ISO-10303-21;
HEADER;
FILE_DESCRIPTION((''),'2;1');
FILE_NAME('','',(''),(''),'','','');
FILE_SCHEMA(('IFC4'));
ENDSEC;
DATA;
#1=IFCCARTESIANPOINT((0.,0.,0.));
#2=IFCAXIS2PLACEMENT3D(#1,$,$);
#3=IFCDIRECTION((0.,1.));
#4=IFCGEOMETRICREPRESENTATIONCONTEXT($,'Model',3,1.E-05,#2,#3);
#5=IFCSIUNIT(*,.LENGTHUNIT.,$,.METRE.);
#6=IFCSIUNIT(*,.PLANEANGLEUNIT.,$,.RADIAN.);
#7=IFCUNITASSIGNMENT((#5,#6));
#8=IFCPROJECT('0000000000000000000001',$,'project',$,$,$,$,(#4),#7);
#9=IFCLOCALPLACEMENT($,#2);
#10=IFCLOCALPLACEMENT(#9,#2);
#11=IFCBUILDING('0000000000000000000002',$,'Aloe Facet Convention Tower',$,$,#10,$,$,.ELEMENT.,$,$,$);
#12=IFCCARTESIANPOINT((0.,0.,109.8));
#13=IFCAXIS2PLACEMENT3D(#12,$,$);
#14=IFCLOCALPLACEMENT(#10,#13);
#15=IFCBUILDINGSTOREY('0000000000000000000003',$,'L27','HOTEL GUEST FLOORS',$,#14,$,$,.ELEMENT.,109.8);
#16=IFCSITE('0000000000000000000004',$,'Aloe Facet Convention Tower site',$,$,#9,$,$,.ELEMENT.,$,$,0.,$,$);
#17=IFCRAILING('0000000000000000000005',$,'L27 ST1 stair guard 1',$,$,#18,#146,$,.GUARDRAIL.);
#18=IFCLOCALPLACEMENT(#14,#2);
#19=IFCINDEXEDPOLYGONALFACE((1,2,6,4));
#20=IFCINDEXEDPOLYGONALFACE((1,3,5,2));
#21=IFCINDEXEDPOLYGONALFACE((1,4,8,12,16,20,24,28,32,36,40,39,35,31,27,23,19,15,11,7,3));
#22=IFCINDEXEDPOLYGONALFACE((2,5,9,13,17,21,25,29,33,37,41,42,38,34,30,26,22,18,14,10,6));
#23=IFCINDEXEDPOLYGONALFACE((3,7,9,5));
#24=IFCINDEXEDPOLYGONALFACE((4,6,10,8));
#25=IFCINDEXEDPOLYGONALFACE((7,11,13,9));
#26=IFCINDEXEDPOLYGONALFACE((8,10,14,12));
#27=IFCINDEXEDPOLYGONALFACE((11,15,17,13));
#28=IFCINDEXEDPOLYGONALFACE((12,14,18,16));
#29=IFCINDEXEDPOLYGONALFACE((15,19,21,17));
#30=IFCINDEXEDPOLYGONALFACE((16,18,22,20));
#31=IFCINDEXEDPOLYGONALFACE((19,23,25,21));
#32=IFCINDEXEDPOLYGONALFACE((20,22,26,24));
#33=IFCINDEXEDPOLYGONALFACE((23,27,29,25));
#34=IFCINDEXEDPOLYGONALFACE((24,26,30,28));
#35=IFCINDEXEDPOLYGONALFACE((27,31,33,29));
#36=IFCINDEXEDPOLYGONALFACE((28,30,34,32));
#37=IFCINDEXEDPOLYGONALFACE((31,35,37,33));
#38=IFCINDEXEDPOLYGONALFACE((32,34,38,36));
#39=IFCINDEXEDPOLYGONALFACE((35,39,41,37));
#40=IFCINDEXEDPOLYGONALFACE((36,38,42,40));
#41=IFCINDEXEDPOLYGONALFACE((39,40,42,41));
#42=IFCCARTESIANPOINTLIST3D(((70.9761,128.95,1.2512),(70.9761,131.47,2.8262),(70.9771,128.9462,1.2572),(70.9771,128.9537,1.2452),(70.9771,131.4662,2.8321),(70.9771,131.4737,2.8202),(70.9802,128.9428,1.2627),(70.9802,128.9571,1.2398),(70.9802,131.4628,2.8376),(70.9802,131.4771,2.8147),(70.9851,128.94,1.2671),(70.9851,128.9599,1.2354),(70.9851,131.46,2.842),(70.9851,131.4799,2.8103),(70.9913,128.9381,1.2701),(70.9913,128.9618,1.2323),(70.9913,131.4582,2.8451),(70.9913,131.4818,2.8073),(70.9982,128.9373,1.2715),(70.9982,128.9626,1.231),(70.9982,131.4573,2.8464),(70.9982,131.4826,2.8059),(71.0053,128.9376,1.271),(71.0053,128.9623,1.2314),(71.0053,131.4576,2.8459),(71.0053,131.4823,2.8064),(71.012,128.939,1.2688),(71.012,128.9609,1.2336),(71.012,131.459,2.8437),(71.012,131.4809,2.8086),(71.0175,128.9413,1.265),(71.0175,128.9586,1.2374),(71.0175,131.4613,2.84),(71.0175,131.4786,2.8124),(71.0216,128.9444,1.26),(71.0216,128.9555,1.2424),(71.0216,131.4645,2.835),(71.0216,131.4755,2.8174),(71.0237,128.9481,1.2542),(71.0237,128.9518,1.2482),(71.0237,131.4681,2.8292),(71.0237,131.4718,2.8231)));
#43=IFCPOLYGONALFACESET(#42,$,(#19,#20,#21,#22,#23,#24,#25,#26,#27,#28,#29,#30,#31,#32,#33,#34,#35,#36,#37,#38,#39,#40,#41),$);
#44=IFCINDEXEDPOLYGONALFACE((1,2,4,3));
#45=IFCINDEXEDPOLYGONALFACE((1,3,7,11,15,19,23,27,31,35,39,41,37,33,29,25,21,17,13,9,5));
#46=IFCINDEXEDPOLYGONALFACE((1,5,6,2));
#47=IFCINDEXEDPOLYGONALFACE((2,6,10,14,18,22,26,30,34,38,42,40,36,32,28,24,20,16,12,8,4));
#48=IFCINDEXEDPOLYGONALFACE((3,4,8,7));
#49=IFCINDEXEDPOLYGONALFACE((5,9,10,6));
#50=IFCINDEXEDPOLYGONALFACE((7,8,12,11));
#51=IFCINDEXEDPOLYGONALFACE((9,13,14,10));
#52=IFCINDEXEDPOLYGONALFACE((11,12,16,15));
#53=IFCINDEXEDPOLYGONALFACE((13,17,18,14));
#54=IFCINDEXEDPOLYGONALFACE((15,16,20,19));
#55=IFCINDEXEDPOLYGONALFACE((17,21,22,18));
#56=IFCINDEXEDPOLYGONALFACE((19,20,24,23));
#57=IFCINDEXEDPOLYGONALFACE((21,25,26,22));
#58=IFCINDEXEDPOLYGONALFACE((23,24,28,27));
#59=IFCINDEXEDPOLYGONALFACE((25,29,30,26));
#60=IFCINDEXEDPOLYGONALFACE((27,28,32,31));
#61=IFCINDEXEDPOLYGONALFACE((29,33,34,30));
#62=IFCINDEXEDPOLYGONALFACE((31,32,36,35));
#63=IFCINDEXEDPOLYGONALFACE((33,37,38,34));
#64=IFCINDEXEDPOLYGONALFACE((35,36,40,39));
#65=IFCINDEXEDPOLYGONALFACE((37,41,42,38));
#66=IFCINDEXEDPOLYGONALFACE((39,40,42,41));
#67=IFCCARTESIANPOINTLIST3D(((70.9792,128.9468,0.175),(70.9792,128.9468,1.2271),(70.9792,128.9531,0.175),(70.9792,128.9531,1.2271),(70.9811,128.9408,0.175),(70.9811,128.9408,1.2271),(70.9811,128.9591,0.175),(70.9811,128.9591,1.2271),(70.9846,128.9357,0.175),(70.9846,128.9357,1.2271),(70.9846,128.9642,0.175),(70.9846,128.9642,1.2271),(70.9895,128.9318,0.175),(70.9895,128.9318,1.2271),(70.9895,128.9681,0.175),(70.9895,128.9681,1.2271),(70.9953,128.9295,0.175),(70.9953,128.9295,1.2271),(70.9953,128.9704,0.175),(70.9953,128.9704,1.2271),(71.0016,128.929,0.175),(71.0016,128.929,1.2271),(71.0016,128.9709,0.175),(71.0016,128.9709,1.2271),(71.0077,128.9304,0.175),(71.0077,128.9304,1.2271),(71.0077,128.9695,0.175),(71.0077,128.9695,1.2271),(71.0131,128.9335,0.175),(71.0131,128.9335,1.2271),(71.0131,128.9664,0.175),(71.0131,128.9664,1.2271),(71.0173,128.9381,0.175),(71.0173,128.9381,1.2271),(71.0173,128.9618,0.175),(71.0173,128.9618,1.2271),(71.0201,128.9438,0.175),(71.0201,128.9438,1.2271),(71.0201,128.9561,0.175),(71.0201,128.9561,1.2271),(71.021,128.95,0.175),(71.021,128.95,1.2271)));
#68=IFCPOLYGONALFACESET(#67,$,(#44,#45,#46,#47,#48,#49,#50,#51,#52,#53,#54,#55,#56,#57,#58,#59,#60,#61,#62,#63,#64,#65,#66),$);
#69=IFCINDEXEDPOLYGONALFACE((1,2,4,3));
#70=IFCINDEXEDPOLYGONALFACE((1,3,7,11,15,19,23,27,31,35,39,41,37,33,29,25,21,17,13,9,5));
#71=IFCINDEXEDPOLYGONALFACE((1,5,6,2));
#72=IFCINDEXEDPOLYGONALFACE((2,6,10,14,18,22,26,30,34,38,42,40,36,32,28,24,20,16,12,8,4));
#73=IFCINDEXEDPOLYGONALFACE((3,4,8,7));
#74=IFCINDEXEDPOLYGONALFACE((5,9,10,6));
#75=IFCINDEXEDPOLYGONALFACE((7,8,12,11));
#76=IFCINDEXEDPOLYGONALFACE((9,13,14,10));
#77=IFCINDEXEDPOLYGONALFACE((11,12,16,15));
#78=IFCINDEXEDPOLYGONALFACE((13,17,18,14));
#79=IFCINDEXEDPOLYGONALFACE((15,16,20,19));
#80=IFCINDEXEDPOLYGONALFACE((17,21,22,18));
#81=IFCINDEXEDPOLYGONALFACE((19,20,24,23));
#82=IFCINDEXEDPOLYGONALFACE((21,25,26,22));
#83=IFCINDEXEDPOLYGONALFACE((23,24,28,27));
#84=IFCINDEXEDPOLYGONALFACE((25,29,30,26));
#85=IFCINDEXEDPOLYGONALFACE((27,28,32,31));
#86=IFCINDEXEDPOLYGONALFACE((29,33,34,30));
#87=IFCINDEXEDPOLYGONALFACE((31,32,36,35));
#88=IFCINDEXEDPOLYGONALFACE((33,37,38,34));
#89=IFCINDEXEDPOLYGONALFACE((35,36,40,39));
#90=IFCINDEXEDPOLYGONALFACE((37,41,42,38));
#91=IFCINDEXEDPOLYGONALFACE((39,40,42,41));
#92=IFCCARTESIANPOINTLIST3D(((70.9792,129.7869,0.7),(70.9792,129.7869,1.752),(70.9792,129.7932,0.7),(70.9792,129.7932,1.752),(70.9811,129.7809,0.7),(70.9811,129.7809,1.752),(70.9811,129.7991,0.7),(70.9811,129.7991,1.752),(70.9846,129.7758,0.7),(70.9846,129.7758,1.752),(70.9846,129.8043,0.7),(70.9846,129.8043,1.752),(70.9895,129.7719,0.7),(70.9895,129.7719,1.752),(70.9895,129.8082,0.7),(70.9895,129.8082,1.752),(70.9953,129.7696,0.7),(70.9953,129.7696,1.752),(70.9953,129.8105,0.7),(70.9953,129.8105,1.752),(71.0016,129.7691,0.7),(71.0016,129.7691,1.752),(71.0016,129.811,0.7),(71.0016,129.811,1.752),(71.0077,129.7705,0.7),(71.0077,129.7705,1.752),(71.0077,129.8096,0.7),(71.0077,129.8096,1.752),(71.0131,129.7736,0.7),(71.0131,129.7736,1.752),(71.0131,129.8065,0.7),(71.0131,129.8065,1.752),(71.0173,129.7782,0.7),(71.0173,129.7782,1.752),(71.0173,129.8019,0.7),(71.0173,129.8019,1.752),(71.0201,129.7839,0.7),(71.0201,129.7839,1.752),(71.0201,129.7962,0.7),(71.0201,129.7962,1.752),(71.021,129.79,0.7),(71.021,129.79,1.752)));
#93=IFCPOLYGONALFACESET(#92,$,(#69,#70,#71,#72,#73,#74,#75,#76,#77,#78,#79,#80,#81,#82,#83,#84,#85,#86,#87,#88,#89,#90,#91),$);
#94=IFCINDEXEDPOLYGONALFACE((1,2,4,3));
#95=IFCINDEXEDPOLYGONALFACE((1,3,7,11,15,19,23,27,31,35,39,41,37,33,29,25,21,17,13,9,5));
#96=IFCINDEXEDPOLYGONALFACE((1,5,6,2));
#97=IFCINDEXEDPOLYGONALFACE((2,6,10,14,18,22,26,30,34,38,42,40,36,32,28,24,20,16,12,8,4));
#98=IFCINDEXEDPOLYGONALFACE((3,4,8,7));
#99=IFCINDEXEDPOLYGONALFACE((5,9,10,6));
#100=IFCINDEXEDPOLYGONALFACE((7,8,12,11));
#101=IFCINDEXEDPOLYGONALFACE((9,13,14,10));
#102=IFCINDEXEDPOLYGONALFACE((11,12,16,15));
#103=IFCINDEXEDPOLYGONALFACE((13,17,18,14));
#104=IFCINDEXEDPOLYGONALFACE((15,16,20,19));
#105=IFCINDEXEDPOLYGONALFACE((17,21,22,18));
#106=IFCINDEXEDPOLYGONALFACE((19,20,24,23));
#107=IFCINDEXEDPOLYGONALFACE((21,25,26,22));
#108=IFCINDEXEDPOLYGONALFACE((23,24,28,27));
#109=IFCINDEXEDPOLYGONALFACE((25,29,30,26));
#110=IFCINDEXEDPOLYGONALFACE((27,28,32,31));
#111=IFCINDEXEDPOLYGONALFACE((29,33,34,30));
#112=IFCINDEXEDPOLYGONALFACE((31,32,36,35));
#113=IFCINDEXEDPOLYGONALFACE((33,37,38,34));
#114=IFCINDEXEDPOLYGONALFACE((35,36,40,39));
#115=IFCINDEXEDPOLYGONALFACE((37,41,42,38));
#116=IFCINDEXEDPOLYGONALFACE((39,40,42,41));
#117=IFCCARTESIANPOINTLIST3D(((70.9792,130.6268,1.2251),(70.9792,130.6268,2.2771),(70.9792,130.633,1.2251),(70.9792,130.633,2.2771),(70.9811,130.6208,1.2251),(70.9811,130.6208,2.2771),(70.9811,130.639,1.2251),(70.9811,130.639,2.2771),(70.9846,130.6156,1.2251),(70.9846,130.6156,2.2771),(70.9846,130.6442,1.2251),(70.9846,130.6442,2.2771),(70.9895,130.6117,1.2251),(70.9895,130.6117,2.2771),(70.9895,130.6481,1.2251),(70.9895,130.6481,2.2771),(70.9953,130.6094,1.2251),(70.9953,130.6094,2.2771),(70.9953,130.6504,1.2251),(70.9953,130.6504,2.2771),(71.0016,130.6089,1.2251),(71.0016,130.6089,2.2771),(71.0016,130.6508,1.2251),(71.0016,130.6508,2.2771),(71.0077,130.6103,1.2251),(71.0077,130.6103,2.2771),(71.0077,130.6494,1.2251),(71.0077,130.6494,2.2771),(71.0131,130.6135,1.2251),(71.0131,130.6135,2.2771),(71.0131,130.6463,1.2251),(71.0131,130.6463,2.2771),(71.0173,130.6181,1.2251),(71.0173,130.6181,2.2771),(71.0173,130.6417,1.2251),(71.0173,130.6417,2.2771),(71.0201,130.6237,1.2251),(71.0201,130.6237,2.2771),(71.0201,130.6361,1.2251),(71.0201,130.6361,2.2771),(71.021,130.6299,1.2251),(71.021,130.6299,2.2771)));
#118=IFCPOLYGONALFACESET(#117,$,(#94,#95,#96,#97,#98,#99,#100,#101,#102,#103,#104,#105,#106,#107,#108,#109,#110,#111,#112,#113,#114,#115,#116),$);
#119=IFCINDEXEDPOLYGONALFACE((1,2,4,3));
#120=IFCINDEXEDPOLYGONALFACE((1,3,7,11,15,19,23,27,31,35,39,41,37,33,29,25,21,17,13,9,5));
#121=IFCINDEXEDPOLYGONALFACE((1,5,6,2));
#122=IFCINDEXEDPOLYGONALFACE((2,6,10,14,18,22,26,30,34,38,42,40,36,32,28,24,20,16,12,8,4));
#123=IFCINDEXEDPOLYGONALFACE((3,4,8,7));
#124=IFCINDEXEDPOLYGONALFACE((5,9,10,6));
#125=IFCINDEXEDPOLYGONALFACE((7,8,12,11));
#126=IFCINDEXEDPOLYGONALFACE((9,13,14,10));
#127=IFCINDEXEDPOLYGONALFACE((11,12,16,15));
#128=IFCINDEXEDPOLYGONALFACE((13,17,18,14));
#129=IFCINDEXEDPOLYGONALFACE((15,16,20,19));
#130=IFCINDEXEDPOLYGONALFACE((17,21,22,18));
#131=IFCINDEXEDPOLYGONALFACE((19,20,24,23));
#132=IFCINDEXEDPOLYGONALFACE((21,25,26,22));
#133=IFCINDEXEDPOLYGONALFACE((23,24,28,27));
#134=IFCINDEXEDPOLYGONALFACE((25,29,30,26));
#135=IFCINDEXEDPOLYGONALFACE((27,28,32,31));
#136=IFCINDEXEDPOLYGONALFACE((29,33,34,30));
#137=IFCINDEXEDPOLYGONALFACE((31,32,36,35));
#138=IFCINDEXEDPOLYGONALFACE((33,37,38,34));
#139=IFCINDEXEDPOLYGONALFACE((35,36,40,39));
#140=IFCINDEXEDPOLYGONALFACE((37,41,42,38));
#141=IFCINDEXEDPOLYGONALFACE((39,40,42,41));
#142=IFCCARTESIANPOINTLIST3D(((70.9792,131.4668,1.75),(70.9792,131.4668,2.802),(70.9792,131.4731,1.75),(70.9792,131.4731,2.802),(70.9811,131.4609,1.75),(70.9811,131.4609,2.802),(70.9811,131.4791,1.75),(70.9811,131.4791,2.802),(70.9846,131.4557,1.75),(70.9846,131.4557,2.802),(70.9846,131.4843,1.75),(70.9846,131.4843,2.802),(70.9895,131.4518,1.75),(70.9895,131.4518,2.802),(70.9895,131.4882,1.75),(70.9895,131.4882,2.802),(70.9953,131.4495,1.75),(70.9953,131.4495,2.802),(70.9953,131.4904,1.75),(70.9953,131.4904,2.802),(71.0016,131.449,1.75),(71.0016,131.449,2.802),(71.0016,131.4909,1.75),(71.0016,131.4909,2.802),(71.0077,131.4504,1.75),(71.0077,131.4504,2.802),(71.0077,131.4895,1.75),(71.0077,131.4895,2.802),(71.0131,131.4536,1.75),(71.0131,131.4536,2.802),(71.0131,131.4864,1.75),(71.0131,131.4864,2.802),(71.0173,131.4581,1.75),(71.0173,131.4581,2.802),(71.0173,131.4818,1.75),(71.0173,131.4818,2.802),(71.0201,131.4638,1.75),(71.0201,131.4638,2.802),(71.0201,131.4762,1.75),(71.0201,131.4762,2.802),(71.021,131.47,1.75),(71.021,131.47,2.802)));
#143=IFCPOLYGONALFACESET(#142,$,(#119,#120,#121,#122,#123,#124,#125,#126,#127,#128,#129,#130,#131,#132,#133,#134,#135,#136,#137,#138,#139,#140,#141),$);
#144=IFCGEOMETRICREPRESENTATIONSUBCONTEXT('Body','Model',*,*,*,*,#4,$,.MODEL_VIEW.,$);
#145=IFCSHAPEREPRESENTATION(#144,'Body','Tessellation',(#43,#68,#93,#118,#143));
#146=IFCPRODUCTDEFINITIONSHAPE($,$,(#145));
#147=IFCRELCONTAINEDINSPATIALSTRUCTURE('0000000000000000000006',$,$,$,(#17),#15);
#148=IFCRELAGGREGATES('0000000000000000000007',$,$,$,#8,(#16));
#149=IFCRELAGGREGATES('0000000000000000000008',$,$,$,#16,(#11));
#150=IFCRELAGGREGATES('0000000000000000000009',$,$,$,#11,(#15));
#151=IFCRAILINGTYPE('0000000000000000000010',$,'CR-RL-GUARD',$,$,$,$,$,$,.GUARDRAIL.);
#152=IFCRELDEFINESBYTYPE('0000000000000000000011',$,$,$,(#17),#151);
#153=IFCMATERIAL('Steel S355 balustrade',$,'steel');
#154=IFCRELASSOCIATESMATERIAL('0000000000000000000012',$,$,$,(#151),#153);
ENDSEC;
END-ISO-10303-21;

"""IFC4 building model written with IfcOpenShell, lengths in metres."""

from ifc_helpers import new_model, si_unit, direction, frame, origin, origin_2d, place, context, subcontext, project, spatial, circle, extrude, material, type_object, element, save


model = new_model("IFC4")

# Units and contexts
model_context = context("Model", 3, precision=1e-05, world=origin(), true_north=direction((0.0, 1.0)))
body_context = subcontext(model_context, "Body", "Model", "MODEL_VIEW")
ifc_project = project(units=[si_unit("LENGTHUNIT", "METRE"), si_unit("PLANEANGLEUNIT", "RADIAN")], contexts=[model_context])

# Site, building, storey
site_placement = place(None, origin())
site = spatial("IfcSite", under=ifc_project, at=site_placement, Name="Aloe Facet Convention Tower site", CompositionType="ELEMENT", RefElevation=0.0)
building_placement = place(site_placement, origin())
building = spatial("IfcBuilding", under=site, at=building_placement, Name="Aloe Facet Convention Tower", CompositionType="ELEMENT")
storey_placement = place(building_placement, frame((0.0, 0.0, 109.8)))
storey = spatial("IfcBuildingStorey", under=building, at=storey_placement, Name="L27", Description="HOTEL GUEST FLOORS", CompositionType="ELEMENT", Elevation=109.8)

# Railing
ifc_material_1 = material(Name="Steel S355 balustrade", Category="steel")
railing_type_1 = type_object("IfcRailingType", Name="CR-RL-GUARD", PredefinedType="GUARDRAIL", material=ifc_material_1)
railing_1_placement = place(storey_placement, frame((71.0, 128.95, 0.175)))
element("IfcRailing", 1, at=railing_1_placement, inside=storey, type_object=railing_type_1, Name="L27 ST1 stair guard 1", PredefinedType="GUARDRAIL", context=body_context, shape_type="SweptSolid", body=[
    extrude(circle(Radius=0.0239, at=origin_2d()), frame((0.0, 0.0, 1.0762), z_axis=(0.0, 0.848008, 0.529984), x_axis=(-1.0, 0.0, 0.0)), (0.0, 0.0, 1.0), 2.9717),
    extrude(circle(Radius=0.021, at=origin_2d()), origin(), (0.0, 0.0, 1.0), 1.052),
    extrude(circle(Radius=0.021, at=origin_2d()), frame((0.0, 0.8401, 0.5249)), (0.0, 0.0, 1.0), 1.052),
    extrude(circle(Radius=0.021, at=origin_2d()), frame((0.0, 1.6799, 1.05)), (0.0, 0.0, 1.0), 1.052),
    extrude(circle(Radius=0.021, at=origin_2d()), frame((0.0, 2.52, 1.575)), (0.0, 0.0, 1.0), 1.052),
])

save(model, "model.ifc")
